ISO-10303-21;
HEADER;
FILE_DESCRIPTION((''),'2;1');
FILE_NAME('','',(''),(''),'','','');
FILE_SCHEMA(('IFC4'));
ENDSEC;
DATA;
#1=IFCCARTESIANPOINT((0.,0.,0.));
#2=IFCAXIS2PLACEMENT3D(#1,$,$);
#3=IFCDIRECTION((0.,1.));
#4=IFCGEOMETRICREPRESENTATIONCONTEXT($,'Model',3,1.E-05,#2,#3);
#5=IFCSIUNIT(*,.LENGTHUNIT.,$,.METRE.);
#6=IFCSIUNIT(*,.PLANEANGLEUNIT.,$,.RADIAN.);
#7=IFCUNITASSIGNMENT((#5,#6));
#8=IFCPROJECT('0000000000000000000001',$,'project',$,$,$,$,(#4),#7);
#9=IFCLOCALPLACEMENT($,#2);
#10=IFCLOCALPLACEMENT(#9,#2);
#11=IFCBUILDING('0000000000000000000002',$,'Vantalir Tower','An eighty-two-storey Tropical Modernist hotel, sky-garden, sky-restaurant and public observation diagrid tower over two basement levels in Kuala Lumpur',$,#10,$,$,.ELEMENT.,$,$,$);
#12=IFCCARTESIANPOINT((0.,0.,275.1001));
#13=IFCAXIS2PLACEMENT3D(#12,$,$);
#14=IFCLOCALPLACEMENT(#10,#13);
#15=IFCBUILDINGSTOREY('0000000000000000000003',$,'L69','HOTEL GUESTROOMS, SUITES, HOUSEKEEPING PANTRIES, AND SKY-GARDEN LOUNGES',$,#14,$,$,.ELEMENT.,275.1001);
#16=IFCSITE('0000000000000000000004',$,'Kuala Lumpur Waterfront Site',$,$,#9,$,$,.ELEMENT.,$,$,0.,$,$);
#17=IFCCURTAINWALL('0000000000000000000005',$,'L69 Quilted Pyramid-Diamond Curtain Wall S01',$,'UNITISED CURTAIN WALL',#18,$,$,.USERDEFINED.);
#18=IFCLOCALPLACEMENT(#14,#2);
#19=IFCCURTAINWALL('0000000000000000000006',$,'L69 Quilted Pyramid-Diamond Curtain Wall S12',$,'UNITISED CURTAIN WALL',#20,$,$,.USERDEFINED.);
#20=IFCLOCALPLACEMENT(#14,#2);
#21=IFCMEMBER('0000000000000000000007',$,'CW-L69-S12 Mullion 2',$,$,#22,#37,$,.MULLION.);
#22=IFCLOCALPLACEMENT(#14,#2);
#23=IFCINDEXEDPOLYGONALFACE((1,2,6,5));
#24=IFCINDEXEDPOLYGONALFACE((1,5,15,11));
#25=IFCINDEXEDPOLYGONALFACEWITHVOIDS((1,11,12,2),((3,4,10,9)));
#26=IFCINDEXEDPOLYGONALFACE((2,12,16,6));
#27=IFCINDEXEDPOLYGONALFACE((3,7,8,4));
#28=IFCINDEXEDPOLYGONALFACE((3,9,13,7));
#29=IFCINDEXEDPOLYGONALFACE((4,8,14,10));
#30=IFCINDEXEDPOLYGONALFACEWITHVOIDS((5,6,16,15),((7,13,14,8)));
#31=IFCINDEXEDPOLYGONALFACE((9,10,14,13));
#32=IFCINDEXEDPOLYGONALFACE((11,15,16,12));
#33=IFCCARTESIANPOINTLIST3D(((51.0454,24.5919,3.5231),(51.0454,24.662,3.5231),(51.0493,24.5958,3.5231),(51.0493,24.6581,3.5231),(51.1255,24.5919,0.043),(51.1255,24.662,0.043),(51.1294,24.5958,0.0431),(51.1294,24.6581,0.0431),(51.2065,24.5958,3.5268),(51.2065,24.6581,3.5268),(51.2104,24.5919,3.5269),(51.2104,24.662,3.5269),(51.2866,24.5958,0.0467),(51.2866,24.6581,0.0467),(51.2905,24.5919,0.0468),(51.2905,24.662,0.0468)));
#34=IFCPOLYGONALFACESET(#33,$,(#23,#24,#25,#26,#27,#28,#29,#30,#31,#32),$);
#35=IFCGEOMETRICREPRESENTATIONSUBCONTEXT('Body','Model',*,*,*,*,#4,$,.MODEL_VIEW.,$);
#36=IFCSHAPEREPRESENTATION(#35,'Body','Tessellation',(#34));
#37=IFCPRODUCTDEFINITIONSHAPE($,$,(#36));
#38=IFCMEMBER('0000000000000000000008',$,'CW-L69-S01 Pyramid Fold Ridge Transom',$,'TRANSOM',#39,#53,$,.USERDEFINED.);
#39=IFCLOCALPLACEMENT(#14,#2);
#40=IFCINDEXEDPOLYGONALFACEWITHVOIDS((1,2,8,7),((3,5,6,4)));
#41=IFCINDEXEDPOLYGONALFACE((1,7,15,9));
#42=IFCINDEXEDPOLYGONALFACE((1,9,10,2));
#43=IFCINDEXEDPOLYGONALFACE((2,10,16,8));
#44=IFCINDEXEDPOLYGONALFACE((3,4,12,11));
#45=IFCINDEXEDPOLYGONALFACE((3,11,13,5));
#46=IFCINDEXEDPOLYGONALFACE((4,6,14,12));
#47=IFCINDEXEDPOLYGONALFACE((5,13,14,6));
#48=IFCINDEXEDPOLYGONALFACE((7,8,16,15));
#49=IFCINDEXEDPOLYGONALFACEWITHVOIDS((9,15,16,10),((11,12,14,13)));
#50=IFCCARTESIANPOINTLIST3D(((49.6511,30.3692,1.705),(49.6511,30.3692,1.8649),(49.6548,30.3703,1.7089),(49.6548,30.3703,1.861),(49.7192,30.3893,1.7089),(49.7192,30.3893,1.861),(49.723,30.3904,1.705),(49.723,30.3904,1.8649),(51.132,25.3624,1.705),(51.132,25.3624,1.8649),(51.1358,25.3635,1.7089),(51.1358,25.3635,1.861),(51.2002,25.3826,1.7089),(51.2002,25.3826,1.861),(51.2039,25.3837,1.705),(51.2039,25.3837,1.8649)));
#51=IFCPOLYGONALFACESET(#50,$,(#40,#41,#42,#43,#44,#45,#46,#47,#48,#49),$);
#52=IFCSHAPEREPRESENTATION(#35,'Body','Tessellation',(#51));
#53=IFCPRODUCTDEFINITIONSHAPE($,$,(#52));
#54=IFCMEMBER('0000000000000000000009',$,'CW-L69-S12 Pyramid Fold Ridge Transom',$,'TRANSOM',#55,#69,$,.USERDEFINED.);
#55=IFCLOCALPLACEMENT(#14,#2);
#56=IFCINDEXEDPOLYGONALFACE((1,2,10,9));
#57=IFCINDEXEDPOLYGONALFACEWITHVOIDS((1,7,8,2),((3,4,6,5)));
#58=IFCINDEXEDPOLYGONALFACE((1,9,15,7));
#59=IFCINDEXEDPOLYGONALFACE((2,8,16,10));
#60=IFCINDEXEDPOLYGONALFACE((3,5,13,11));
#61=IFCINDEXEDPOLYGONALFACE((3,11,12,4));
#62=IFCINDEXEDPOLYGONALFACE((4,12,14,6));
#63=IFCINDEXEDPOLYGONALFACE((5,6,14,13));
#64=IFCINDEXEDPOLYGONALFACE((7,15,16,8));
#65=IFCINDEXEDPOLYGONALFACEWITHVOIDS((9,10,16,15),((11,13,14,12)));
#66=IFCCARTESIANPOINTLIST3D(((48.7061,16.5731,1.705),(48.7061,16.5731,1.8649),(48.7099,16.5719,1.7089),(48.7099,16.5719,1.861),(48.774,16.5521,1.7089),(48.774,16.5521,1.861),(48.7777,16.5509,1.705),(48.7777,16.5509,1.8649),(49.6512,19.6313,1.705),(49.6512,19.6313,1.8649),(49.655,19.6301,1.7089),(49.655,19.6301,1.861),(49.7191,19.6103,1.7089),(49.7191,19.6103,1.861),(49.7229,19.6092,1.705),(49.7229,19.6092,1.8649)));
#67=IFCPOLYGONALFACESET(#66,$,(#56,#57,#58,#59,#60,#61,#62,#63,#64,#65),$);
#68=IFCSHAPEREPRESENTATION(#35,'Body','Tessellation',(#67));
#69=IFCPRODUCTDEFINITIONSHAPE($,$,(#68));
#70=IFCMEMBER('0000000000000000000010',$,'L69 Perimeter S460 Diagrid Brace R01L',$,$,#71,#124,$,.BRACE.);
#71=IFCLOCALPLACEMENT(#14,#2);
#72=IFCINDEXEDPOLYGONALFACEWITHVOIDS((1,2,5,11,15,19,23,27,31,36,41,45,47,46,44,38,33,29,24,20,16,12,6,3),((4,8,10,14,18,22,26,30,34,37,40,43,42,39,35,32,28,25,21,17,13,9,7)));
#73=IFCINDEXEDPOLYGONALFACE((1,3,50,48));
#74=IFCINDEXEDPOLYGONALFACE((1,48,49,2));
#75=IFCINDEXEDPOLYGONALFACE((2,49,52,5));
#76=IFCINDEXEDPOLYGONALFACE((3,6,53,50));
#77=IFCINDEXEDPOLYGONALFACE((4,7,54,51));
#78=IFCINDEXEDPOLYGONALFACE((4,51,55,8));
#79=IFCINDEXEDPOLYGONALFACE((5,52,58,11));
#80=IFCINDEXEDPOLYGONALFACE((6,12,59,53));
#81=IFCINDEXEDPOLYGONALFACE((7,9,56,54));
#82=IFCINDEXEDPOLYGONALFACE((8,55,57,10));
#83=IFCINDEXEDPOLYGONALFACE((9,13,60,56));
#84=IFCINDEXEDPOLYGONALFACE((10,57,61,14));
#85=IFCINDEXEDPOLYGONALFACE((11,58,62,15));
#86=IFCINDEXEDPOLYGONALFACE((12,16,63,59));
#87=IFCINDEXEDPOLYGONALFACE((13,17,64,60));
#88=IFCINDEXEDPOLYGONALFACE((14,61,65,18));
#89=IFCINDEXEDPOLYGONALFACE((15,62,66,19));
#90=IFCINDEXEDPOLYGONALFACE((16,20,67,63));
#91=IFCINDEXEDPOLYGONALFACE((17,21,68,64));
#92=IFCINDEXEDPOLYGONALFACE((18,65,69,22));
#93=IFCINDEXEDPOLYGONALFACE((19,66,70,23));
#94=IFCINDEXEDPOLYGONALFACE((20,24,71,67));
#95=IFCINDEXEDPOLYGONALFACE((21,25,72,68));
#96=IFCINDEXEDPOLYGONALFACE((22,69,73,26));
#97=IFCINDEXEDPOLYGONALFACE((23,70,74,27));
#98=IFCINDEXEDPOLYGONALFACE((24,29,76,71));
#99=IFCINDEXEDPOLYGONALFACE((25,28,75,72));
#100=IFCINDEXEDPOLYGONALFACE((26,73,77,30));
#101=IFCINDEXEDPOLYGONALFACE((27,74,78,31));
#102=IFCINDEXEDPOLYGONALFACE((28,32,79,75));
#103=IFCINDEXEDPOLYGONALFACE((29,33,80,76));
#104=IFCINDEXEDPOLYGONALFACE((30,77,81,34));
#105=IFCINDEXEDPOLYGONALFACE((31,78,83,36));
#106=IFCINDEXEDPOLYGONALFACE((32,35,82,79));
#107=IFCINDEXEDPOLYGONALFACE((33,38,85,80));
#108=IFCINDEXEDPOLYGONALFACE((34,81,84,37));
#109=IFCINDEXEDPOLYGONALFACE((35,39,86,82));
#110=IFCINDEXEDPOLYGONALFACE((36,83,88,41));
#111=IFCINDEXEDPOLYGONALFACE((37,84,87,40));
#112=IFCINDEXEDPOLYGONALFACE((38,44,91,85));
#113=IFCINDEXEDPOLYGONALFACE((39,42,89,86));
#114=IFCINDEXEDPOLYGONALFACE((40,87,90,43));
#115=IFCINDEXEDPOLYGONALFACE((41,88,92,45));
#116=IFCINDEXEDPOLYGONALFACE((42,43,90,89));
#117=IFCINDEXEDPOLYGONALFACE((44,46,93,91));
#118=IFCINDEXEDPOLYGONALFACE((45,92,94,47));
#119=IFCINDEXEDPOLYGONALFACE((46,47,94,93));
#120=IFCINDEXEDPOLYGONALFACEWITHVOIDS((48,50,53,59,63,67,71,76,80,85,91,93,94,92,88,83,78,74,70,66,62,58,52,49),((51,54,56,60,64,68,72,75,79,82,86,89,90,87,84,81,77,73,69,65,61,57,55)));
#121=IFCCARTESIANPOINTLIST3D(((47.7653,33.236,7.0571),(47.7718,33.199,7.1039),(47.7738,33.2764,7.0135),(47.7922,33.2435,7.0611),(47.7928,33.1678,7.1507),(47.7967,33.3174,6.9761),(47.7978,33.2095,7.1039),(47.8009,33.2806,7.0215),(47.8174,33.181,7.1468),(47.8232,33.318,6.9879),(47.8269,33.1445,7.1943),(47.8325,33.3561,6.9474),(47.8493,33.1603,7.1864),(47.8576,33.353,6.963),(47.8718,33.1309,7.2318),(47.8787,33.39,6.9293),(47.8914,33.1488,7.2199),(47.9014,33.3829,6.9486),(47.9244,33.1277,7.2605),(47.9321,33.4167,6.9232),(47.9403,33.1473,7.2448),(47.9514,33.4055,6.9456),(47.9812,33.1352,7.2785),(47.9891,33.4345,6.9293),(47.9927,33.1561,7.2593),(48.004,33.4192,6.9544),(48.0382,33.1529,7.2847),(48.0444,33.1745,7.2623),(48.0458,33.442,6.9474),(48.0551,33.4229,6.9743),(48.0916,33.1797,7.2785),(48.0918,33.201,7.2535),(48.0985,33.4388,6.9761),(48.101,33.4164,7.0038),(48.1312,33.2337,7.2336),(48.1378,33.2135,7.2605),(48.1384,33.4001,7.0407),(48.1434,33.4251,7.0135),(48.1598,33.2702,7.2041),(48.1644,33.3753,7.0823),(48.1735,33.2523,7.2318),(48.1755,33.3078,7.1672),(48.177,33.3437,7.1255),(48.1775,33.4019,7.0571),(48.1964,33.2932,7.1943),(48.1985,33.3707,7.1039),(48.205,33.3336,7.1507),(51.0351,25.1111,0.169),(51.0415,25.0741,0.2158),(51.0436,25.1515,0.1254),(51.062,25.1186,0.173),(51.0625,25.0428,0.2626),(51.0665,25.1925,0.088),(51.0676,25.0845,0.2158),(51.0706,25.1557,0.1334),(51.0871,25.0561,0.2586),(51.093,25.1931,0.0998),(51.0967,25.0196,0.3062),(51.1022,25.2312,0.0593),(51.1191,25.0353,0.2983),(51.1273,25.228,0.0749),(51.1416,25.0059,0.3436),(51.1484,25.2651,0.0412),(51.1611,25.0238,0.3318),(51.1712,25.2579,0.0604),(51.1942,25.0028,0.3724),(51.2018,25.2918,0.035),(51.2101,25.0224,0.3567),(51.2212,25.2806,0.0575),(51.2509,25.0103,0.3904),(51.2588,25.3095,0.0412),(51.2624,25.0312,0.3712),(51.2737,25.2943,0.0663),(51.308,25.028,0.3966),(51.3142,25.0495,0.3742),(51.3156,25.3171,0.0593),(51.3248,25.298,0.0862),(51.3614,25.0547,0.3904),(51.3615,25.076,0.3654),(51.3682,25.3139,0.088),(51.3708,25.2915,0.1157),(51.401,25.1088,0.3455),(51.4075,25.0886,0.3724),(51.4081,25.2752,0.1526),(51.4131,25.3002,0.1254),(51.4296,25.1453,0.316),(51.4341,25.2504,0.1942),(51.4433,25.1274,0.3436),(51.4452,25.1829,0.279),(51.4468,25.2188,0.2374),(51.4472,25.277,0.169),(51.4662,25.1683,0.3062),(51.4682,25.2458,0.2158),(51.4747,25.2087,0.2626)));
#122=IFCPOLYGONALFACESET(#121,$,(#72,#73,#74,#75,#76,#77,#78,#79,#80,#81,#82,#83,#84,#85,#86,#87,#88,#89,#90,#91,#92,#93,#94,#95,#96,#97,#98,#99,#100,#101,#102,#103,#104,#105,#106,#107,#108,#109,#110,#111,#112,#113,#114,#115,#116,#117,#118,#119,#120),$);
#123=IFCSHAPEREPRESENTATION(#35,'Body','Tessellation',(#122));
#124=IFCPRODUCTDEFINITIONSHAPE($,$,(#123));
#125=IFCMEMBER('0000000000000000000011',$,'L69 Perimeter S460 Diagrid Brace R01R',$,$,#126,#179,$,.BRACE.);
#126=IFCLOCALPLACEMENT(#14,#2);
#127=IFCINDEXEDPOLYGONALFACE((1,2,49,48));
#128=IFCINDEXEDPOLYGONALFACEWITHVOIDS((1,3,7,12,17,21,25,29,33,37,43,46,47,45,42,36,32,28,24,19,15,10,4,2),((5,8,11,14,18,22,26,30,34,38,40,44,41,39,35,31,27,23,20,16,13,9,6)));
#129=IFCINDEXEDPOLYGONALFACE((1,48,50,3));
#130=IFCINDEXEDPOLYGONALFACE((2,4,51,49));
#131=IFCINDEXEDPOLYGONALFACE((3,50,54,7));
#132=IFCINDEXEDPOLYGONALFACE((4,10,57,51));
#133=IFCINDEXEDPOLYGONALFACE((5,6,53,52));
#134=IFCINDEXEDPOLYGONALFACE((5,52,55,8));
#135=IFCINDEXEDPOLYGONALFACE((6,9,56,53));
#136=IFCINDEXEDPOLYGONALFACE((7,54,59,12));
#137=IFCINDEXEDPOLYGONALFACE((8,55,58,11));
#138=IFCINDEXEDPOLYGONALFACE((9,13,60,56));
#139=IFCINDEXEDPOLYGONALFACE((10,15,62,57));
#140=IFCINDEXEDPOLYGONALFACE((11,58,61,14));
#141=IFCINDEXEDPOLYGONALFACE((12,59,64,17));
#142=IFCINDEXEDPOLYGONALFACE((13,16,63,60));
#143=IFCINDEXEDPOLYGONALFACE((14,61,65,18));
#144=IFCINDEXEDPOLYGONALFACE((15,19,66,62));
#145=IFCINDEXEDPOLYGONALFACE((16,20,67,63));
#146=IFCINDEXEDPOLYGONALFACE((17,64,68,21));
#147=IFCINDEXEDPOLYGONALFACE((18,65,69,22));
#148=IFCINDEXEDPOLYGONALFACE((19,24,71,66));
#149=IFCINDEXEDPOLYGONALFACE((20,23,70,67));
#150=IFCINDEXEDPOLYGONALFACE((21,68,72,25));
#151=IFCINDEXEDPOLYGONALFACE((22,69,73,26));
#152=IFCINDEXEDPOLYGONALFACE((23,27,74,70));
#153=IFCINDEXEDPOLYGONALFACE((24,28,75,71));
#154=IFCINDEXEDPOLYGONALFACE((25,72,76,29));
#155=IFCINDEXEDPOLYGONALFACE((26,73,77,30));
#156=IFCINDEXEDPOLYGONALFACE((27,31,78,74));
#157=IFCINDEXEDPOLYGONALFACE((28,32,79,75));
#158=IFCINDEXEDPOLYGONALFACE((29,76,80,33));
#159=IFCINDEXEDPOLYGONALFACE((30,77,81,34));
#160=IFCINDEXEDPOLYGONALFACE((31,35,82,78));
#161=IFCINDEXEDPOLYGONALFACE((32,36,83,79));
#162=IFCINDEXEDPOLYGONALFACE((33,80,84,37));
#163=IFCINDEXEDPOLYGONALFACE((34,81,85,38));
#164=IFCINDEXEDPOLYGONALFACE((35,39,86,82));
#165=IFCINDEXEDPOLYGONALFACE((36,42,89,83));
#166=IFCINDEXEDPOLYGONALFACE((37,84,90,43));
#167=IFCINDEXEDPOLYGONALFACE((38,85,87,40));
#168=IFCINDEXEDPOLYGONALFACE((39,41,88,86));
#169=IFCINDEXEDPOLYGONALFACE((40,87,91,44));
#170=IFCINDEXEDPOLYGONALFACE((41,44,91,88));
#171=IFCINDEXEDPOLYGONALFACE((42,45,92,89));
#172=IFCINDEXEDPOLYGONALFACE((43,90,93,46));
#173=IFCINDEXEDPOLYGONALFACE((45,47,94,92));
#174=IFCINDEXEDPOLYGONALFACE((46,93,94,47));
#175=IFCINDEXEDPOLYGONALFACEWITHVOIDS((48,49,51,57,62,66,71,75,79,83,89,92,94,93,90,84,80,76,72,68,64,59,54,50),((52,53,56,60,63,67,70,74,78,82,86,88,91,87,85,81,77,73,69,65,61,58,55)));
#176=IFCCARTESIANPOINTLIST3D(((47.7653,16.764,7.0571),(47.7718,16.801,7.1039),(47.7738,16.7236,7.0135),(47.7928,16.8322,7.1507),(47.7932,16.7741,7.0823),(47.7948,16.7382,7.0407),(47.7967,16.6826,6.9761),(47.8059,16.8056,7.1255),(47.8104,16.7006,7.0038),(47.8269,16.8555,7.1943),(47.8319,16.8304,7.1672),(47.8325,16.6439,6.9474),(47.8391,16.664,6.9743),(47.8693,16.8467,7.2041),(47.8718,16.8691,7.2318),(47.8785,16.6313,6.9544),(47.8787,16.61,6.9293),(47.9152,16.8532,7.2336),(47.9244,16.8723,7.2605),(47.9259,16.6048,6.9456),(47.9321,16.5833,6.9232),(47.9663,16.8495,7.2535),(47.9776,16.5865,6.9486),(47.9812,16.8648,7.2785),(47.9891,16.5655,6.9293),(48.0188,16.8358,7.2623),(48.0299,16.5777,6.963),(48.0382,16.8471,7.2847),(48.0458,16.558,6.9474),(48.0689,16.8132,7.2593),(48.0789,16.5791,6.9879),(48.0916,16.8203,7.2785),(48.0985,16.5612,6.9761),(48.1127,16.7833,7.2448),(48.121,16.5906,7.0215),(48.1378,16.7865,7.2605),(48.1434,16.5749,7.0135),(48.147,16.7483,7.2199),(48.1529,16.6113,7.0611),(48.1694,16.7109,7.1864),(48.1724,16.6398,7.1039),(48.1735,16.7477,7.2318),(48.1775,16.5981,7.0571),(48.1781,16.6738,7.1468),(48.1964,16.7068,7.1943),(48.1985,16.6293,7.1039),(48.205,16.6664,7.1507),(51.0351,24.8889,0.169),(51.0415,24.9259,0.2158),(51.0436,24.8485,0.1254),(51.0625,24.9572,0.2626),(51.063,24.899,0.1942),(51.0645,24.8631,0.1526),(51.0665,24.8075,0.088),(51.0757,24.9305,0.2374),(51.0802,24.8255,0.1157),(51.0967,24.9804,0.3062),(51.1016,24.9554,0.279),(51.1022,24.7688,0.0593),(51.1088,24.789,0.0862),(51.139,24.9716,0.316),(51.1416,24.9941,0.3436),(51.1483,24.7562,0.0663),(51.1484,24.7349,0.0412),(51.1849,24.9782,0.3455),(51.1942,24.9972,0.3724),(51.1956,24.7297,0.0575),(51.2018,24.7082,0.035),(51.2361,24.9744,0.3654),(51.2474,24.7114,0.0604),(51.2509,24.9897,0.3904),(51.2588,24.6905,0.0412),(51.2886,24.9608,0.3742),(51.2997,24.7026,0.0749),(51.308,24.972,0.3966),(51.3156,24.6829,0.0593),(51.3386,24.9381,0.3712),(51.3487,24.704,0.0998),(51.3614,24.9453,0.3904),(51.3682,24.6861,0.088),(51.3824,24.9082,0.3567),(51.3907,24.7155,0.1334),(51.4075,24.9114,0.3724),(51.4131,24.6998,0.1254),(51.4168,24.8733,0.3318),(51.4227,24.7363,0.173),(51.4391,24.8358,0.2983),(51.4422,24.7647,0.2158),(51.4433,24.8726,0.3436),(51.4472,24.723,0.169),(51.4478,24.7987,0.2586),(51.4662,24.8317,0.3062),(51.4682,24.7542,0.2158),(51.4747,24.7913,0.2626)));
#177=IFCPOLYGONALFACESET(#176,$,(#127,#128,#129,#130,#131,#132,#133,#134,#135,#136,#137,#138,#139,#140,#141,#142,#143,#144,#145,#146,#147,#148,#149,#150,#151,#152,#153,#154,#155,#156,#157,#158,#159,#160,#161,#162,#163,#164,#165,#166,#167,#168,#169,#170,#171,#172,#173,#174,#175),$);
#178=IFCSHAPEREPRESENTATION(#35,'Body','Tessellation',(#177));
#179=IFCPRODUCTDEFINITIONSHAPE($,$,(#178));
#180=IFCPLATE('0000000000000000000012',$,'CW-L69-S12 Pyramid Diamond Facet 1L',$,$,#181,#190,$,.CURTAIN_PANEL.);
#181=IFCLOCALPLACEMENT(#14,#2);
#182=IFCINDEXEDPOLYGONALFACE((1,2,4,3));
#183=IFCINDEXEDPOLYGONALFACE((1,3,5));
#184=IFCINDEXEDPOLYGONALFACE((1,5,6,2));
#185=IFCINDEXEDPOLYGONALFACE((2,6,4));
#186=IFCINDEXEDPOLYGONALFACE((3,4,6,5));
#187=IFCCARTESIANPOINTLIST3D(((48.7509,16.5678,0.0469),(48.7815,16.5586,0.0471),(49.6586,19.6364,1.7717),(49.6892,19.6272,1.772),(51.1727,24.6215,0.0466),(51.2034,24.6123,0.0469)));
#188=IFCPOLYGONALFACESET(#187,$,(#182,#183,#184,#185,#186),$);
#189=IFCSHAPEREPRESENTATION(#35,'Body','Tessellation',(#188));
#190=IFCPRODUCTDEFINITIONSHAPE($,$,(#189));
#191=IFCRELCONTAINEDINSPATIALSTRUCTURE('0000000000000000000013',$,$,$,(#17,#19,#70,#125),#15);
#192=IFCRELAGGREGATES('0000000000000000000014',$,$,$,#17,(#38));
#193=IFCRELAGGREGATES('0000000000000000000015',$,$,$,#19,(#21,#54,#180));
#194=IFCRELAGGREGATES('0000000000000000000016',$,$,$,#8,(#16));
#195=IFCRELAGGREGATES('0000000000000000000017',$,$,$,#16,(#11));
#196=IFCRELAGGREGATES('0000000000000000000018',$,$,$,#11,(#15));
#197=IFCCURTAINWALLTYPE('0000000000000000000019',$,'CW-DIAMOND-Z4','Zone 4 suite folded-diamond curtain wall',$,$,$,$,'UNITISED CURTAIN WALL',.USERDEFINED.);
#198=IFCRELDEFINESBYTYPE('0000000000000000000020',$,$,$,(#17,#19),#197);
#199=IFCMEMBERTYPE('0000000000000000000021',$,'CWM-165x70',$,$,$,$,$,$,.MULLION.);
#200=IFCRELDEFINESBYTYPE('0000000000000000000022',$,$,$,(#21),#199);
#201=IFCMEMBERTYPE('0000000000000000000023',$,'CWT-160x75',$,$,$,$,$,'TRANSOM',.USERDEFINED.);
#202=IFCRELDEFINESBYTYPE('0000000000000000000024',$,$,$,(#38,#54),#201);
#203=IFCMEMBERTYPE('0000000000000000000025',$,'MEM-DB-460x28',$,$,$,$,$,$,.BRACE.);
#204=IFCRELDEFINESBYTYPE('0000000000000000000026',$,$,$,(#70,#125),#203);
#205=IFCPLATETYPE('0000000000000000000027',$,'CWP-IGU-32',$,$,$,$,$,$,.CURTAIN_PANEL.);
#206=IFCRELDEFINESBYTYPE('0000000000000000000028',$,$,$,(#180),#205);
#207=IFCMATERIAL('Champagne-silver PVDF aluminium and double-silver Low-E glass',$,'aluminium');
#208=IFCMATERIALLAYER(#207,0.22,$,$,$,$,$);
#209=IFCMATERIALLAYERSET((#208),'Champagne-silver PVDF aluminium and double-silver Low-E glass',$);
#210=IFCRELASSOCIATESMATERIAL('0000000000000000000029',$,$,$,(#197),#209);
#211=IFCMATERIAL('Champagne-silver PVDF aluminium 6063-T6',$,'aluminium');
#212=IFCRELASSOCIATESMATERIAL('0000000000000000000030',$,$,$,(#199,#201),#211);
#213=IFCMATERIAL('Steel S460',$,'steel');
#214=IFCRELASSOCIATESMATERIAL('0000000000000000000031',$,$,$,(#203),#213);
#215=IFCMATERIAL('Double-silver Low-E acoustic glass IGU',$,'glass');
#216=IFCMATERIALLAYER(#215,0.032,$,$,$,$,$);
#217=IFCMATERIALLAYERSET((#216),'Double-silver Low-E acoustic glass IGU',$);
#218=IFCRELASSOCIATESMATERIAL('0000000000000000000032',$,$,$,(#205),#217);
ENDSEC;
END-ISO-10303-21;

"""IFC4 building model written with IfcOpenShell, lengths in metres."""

from ifc_helpers import new_model, si_unit, direction, frame, origin, origin_2d, place, context, subcontext, project, spatial, polyline, hollow_rectangle, hollow_circle, outline, extrude, material, layer, layer_set, material_profile, profile_set, type_object, element, aggregate, save


model = new_model("IFC4")

# Units and contexts
model_context = context("Model", 3, precision=1e-05, world=origin(), true_north=direction((0.0, 1.0)))
body_context = subcontext(model_context, "Body", "Model", "MODEL_VIEW")
ifc_project = project(units=[si_unit("LENGTHUNIT", "METRE"), si_unit("PLANEANGLEUNIT", "RADIAN")], contexts=[model_context])

# Site, building, storey
site_placement = place(None, origin())
site = spatial("IfcSite", under=ifc_project, at=site_placement, Name="Kuala Lumpur Waterfront Site", CompositionType="ELEMENT", RefElevation=0.0)
building_placement = place(site_placement, origin())
building = spatial("IfcBuilding", under=site, at=building_placement, Name="Vantalir Tower", Description="An eighty-two-storey Tropical Modernist hotel, sky-garden, sky-restaurant and public observation diagrid tower over two basement levels in Kuala Lumpur", CompositionType="ELEMENT")
storey_placement = place(building_placement, frame((0.0, 0.0, 275.1001)))
storey = spatial("IfcBuildingStorey", under=building, at=storey_placement, Name="L69", Description="HOTEL GUESTROOMS, SUITES, HOUSEKEEPING PANTRIES, AND SKY-GARDEN LOUNGES", CompositionType="ELEMENT", Elevation=275.1001)

# Shared definitions
ifc_material_1 = material(Name="Steel S460", Category="steel")

# Curtain wall
ifc_material_2 = material(Name="Champagne-silver PVDF aluminium and double-silver Low-E glass", Category="aluminium")
ifc_layer_1 = layer(ifc_material_2, 0.22)
ifc_layer_set_1 = layer_set([ifc_layer_1], Name="Champagne-silver PVDF aluminium and double-silver Low-E glass")
curtain_wall_type = type_object("IfcCurtainWallType", Name="CW-DIAMOND-Z4", Description="Zone 4 suite folded-diamond curtain wall", ElementType="UNITISED CURTAIN WALL", PredefinedType="USERDEFINED", material=ifc_layer_set_1)
curtain_wall_1_placement = place(storey_placement, origin())
curtain_wall_1 = element("IfcCurtainWall", 1, at=curtain_wall_1_placement, inside=storey, type_object=curtain_wall_type, Name="L69 Quilted Pyramid-Diamond Curtain Wall S01", ObjectType="UNITISED CURTAIN WALL", PredefinedType="USERDEFINED")
ifc_material_3 = material(Name="Champagne-silver PVDF aluminium 6063-T6", Category="aluminium")
ifc_material_profile_1 = material_profile(ifc_material_3, hollow_rectangle(XDim=0.0701, YDim=0.165, WallThickness=0.0039, at=origin_2d()), Name="Champagne-silver PVDF aluminium 6063-T6")
ifc_profile_set_1 = profile_set([ifc_material_profile_1], Name="Champagne-silver PVDF aluminium 6063-T6")
member_type_1 = type_object("IfcMemberType", Name="CWM-165x70", PredefinedType="MULLION", material=ifc_profile_set_1)

# Curtain wall, member
curtain_wall_2_placement = place(storey_placement, origin())
curtain_wall_2 = element("IfcCurtainWall", 2, at=curtain_wall_2_placement, inside=storey, type_object=curtain_wall_type, Name="L69 Quilted Pyramid-Diamond Curtain Wall S12", ObjectType="UNITISED CURTAIN WALL", PredefinedType="USERDEFINED")
member_1_placement = place(storey_placement, frame((51.208, 24.627, 0.0449), z_axis=(-0.023005, 0.0, 0.999735), x_axis=(0.0, -1.0, 0.0)))
member_1 = element("IfcMember", 3, at=member_1_placement, type_object=member_type_1, Name="CW-L69-S12 Mullion 2", PredefinedType="MULLION", context=body_context, shape_type="SweptSolid", body=[
    extrude(hollow_rectangle(XDim=0.0701, YDim=0.165, WallThickness=0.0039, at=origin_2d()), origin(), (0.0, 0.0, 1.0), 3.481),
])

# Members
ifc_material_profile_2 = material_profile(ifc_material_3, hollow_rectangle(XDim=0.075, YDim=0.1599, WallThickness=0.0039, at=origin_2d()), Name="Champagne-silver PVDF aluminium 6063-T6")
ifc_profile_set_2 = profile_set([ifc_material_profile_2], Name="Champagne-silver PVDF aluminium 6063-T6")
member_type_2 = type_object("IfcMemberType", Name="CWT-160x75", ElementType="TRANSOM", PredefinedType="USERDEFINED", material=ifc_profile_set_2)
member_2_placement = place(storey_placement, frame((51.168, 25.373, 1.7849), z_axis=(-0.283639, 0.958931, 0.0), x_axis=(-0.958931, -0.283639, 0.0)))
member_2 = element("IfcMember", 4, at=member_2_placement, type_object=member_type_2, Name="CW-L69-S01 Pyramid Fold Ridge Transom", ObjectType="TRANSOM", PredefinedType="USERDEFINED", context=body_context, shape_type="SweptSolid", body=[
    extrude(hollow_rectangle(XDim=0.075, YDim=0.1599, WallThickness=0.0039, at=origin_2d()), origin(), (0.0, 0.0, 1.0), 5.2212),
])
aggregate(curtain_wall_1, [member_2])
member_3_placement = place(storey_placement, frame((48.7419, 16.562, 1.7849), z_axis=(0.295259, 0.955417, 0.0), x_axis=(-0.955417, 0.295259, 0.0)))
member_3 = element("IfcMember", 5, at=member_3_placement, type_object=member_type_2, Name="CW-L69-S12 Pyramid Fold Ridge Transom", ObjectType="TRANSOM", PredefinedType="USERDEFINED", context=body_context, shape_type="SweptSolid", body=[
    extrude(hollow_rectangle(XDim=0.075, YDim=0.1599, WallThickness=0.0039, at=origin_2d()), origin(), (0.0, 0.0, 1.0), 3.2009),
])

# Members
ifc_material_profile_3 = material_profile(ifc_material_1, hollow_circle(Radius=0.23, WallThickness=0.0281, at=origin_2d()), Name="Steel S460")
ifc_profile_set_3 = profile_set([ifc_material_profile_3], Name="Steel S460")
member_type_3 = type_object("IfcMemberType", Name="MEM-DB-460x28", PredefinedType="BRACE", material=ifc_profile_set_3)
for number, where, z_axis, x_axis, name in (
    (6, (51.2549, 25.1599, 0.2158), (-0.293452, 0.729193, 0.618193), (-0.927696, -0.373336, 0.0), "L69 Perimeter S460 Diagrid Brace R01L"),
    (7, (51.2549, 24.8401, 0.2158), (-0.293452, -0.729193, 0.618193), (0.927696, -0.373336, 0.0), "L69 Perimeter S460 Diagrid Brace R01R"),
):
    element("IfcMember", number, at=place(storey_placement, frame(where, z_axis=z_axis, x_axis=x_axis)), inside=storey, type_object=member_type_3, Name=name, PredefinedType="BRACE", context=body_context, shape_type="SweptSolid", body=[
        extrude(hollow_circle(Radius=0.23, WallThickness=0.0281, at=origin_2d()), origin(), (0.0, 0.0, 1.0), 11.1423),
    ])

# Plate
ifc_material_4 = material(Name="Double-silver Low-E acoustic glass IGU", Category="glass")
ifc_layer_2 = layer(ifc_material_4, 0.032)
ifc_layer_set_2 = layer_set([ifc_layer_2], Name="Double-silver Low-E acoustic glass IGU")
plate_type_1 = type_object("IfcPlateType", Name="CWP-IGU-32", PredefinedType="CURTAIN_PANEL", material=ifc_layer_set_2)
plate_1_placement = place(storey_placement, frame((48.7815, 16.5586, 0.0471), z_axis=(0.957604, -0.287966, 0.008361), x_axis=(0.287976, 0.957638, -0.000029)))
plate_1 = element("IfcPlate", 8, at=plate_1_placement, type_object=plate_type_1, Name="CW-L69-S12 Pyramid Diamond Facet 1L", PredefinedType="CURTAIN_PANEL", context=body_context, shape_type="SweptSolid", body=[
    extrude(outline(polyline([(0.0, 0.0), (8.41, 0.0), (3.2, 1.725), (0.0, 0.0)])), origin(), (0.0, 0.0, -1.0), 0.032),
])
aggregate(curtain_wall_2, [member_1, member_3, plate_1])

save(model, "model.ifc")
